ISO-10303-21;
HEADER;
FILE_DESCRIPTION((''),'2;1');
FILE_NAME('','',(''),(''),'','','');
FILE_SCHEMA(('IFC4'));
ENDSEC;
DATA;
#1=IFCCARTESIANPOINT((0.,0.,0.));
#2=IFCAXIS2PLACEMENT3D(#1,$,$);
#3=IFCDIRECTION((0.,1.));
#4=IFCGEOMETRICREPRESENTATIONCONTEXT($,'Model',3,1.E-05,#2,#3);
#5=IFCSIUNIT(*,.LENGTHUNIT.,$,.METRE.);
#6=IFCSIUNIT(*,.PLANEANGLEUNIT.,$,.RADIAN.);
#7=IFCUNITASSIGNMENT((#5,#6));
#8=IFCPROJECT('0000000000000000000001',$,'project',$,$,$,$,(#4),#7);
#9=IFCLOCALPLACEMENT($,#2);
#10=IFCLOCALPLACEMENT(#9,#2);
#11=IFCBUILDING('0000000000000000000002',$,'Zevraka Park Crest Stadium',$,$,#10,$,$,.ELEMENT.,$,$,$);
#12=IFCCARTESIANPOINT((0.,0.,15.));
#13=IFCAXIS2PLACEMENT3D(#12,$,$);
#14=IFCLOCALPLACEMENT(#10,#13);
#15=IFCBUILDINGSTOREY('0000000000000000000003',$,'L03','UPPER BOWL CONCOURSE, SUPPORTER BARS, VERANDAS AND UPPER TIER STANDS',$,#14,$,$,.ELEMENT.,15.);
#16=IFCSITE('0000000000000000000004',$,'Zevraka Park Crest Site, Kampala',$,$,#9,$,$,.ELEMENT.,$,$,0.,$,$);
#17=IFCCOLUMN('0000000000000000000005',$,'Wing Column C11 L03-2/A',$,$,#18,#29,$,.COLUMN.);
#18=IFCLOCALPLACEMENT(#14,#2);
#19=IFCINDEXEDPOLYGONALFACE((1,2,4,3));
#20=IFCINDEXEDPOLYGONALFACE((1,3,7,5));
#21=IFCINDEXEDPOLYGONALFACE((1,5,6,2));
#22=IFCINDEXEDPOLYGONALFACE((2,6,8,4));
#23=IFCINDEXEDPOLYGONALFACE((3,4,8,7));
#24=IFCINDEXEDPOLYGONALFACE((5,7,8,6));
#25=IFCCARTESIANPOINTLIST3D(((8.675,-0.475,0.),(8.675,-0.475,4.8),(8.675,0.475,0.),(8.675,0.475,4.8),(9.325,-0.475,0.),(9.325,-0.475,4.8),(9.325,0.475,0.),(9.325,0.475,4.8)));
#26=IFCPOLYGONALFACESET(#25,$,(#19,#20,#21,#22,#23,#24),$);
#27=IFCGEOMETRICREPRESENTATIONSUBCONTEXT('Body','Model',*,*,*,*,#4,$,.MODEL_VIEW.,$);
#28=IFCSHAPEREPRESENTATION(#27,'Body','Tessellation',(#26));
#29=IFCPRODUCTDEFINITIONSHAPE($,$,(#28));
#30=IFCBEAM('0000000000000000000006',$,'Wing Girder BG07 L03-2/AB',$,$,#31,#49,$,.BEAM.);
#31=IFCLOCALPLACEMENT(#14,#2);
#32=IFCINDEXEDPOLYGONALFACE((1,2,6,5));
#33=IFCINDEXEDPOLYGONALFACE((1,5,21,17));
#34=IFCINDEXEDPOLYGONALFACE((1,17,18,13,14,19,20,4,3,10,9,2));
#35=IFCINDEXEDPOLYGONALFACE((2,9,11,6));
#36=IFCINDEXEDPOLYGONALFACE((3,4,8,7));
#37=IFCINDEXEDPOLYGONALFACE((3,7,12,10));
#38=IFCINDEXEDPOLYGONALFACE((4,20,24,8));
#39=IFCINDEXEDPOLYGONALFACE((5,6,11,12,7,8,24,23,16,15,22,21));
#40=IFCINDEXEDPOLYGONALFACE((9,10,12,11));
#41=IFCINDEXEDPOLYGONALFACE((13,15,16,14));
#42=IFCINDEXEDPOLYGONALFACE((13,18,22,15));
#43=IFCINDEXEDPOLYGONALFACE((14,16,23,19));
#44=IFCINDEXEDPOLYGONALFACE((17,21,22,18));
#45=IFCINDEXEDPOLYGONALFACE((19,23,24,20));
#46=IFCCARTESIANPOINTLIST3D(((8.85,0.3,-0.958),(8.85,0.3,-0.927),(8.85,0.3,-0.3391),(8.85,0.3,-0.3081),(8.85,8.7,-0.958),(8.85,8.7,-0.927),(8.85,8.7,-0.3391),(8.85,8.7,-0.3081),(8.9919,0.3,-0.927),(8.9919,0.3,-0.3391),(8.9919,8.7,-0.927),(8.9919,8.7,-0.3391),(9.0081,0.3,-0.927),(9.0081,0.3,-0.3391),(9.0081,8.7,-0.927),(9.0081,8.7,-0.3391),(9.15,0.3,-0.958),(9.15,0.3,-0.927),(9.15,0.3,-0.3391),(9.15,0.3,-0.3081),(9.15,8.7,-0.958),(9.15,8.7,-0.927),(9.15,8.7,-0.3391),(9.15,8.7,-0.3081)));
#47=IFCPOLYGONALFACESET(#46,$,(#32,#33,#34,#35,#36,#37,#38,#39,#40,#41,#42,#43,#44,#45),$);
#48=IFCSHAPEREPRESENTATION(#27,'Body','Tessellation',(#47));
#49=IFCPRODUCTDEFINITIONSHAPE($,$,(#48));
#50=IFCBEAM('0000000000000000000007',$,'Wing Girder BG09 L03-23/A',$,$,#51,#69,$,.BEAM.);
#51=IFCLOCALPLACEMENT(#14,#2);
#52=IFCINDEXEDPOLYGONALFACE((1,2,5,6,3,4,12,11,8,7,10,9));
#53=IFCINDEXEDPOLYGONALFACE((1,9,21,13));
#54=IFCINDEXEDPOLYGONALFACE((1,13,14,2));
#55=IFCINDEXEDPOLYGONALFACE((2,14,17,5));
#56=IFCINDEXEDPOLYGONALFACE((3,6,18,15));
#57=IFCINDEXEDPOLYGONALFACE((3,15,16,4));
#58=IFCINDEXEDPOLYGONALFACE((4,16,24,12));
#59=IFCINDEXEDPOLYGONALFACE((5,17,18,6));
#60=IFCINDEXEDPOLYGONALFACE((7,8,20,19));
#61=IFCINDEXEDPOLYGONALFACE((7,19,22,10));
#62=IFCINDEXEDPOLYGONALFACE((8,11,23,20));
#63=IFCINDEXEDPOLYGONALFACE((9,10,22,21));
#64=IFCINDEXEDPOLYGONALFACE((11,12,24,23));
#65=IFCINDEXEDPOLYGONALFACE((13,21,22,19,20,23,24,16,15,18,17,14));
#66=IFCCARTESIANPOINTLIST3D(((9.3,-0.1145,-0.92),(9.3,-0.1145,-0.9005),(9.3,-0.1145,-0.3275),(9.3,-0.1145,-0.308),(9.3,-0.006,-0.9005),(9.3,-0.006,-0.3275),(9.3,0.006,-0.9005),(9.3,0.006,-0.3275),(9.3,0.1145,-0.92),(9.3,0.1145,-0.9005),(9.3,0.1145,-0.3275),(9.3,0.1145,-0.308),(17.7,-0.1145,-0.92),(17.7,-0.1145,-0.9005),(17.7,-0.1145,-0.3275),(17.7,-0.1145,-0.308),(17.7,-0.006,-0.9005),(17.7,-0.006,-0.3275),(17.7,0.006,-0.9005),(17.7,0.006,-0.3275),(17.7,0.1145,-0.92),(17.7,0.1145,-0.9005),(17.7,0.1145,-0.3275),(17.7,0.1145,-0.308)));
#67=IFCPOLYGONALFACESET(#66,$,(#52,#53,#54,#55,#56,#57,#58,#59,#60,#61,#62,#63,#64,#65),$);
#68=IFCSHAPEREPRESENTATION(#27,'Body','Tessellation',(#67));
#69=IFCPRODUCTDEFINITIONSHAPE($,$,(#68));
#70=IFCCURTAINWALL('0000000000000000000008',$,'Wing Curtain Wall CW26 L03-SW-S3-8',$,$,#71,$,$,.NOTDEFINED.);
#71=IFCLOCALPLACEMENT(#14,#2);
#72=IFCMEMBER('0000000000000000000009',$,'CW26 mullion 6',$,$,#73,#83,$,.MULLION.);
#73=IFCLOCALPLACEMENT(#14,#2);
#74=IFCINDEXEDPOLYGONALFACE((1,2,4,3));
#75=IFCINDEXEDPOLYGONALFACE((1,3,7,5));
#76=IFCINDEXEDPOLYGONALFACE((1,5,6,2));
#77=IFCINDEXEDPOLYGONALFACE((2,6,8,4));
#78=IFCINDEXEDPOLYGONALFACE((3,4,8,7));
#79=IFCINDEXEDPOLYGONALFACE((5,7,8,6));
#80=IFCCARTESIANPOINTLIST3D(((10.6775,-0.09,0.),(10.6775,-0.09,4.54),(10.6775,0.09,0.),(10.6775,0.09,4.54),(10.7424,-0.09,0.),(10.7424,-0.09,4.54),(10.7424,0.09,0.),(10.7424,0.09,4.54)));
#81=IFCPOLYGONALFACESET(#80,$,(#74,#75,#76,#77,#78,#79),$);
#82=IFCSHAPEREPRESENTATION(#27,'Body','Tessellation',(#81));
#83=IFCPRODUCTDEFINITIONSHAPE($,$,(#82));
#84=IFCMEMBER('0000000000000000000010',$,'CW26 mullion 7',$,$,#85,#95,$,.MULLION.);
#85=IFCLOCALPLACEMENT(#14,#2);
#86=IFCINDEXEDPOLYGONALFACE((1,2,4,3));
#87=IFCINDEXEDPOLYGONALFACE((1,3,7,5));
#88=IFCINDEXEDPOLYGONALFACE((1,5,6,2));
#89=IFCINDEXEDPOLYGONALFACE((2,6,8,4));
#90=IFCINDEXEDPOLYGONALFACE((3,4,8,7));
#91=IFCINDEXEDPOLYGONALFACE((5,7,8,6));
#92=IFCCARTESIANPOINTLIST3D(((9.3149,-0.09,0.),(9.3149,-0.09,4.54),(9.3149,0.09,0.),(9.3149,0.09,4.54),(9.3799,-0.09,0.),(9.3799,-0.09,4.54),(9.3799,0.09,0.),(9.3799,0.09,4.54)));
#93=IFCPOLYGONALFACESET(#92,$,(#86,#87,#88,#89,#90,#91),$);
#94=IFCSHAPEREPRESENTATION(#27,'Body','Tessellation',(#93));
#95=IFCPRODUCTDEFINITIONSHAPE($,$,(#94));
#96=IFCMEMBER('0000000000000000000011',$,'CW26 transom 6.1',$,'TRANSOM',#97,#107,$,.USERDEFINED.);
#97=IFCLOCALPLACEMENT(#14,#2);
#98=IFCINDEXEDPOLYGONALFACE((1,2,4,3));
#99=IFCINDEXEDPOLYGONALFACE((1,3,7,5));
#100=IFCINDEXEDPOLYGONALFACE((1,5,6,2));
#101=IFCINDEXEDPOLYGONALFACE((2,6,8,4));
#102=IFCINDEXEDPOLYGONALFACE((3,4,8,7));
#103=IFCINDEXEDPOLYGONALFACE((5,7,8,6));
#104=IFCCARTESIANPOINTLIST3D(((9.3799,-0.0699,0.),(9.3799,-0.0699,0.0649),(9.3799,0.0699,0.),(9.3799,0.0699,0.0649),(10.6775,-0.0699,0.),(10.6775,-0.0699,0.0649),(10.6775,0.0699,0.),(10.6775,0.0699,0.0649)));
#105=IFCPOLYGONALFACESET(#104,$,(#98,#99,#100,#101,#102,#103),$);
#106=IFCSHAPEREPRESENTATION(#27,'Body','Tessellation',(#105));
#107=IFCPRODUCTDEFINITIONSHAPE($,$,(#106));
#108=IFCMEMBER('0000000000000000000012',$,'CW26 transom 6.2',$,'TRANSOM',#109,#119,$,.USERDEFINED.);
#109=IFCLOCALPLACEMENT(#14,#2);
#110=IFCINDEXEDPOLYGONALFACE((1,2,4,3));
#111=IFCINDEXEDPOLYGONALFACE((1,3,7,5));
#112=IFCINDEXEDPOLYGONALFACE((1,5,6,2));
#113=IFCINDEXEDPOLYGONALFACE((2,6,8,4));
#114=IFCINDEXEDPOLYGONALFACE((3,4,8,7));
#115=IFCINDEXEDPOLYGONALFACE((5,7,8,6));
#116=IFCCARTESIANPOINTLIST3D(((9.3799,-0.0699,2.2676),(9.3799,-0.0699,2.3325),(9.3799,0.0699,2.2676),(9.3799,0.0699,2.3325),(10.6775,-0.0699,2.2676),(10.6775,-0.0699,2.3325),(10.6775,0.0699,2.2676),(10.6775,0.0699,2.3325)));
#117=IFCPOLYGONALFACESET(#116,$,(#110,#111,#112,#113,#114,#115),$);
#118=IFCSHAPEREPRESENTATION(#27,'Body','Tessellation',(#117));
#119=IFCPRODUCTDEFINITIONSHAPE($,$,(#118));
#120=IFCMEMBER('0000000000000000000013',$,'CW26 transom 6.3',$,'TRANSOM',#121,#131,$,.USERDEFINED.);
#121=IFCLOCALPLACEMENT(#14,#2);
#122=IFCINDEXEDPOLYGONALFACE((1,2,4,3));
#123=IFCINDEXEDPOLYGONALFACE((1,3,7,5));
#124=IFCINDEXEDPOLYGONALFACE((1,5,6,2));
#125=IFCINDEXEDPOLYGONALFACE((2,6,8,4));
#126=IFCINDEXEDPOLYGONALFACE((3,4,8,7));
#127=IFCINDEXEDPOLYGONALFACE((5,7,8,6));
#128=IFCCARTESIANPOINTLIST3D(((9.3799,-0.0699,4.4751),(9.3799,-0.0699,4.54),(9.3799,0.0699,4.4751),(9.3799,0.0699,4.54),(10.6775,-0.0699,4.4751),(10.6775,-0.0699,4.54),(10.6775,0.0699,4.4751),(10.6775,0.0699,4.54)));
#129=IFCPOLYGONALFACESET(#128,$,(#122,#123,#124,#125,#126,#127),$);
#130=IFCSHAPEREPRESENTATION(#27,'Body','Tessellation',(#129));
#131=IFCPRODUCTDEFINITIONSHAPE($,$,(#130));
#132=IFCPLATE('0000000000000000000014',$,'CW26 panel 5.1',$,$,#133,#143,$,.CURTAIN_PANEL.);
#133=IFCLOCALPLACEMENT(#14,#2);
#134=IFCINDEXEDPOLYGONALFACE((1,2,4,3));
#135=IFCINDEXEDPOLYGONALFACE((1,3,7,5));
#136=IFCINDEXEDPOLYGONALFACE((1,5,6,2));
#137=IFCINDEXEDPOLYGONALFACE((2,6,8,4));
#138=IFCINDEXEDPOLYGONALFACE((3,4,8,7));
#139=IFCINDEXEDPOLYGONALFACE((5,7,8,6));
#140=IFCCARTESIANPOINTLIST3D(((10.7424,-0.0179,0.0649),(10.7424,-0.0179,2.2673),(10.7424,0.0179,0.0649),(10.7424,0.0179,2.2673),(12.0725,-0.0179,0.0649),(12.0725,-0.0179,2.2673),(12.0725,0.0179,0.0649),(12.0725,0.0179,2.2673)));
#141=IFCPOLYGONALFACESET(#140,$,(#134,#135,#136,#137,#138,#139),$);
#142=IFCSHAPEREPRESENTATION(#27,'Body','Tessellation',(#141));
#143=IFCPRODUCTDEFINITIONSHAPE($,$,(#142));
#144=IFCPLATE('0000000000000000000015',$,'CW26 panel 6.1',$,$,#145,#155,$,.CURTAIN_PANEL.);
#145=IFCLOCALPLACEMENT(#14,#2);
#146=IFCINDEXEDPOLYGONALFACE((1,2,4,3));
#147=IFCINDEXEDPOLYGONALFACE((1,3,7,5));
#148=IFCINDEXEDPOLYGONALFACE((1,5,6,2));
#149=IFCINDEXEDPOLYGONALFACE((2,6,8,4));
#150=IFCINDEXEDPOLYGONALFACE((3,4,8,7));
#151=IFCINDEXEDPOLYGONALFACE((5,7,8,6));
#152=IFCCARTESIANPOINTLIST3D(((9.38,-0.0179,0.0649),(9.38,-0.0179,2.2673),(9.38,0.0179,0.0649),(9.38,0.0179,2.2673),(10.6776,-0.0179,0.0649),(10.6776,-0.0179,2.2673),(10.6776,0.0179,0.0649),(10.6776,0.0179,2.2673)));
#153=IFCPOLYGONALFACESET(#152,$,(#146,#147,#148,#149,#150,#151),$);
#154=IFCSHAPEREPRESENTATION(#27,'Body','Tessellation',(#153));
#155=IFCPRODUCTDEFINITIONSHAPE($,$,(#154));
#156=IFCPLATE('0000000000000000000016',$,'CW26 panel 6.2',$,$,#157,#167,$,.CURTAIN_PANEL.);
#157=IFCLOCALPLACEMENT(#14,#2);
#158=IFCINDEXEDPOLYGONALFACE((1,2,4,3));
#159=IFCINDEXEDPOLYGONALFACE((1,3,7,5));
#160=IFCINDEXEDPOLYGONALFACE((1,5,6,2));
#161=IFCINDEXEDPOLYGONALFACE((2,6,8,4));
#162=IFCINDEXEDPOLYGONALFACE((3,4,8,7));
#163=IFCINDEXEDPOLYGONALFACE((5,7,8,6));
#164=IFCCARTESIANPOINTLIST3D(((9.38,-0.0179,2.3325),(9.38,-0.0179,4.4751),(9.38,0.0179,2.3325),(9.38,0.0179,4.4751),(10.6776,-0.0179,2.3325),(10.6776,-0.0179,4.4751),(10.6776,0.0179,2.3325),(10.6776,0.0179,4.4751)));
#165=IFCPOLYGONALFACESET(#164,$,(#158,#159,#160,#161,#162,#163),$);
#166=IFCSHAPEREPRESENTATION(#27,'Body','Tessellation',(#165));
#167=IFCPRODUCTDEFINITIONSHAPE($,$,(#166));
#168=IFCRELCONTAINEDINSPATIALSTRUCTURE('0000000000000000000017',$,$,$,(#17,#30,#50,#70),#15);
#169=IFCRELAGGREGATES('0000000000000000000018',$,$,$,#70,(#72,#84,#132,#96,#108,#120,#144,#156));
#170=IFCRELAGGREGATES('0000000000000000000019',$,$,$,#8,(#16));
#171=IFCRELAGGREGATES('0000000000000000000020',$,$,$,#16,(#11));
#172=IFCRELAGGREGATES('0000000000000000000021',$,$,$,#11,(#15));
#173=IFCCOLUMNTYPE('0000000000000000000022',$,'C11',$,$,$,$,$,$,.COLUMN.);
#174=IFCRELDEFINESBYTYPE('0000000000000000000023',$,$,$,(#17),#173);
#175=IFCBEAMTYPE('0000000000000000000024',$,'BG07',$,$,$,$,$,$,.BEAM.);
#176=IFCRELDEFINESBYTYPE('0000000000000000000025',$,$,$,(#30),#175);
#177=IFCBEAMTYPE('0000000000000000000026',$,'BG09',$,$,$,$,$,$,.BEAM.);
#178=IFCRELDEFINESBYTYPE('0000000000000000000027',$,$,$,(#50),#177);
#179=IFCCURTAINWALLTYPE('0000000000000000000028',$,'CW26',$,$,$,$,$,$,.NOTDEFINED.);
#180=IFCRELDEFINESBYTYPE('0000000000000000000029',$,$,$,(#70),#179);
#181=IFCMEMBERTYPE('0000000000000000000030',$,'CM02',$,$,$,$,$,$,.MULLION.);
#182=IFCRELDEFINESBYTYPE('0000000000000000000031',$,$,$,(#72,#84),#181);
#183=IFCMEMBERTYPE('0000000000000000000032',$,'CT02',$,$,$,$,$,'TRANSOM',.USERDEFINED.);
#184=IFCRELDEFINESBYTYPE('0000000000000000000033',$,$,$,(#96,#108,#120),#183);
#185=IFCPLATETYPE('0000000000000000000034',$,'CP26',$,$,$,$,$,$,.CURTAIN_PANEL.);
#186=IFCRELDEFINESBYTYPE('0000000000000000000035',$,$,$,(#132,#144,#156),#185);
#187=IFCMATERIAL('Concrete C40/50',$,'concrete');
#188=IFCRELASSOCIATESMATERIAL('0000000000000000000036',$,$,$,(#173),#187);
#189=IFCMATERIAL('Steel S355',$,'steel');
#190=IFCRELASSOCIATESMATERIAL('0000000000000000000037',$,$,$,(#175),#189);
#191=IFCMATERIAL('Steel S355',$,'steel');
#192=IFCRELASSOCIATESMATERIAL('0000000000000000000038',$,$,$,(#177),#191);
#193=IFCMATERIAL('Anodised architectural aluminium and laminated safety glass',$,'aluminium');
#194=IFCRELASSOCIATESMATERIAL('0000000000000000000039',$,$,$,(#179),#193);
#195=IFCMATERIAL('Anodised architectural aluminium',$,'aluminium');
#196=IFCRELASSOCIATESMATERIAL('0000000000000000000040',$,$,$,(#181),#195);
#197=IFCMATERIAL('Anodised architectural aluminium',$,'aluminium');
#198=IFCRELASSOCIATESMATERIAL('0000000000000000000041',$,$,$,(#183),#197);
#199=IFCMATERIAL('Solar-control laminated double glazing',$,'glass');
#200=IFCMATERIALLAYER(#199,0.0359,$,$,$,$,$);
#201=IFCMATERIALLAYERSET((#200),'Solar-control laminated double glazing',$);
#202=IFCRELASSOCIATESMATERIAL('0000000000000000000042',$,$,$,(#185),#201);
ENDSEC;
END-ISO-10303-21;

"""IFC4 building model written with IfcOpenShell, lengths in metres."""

from ifc_helpers import new_model, si_unit, direction, frame, origin, origin_2d, place, context, subcontext, project, spatial, rectangle, i_section, extrude, material, layer, layer_set, material_profile, profile_set, type_object, element, aggregate, save


model = new_model("IFC4")

# Units and contexts
model_context = context("Model", 3, precision=1e-05, world=origin(), true_north=direction((0.0, 1.0)))
body_context = subcontext(model_context, "Body", "Model", "MODEL_VIEW")
ifc_project = project(units=[si_unit("LENGTHUNIT", "METRE"), si_unit("PLANEANGLEUNIT", "RADIAN")], contexts=[model_context])

# Site, building, storey
site_placement = place(None, origin())
site = spatial("IfcSite", under=ifc_project, at=site_placement, Name="Zevraka Park Crest Site, Kampala", CompositionType="ELEMENT", RefElevation=0.0)
building_placement = place(site_placement, origin())
building = spatial("IfcBuilding", under=site, at=building_placement, Name="Zevraka Park Crest Stadium", CompositionType="ELEMENT")
storey_placement = place(building_placement, frame((0.0, 0.0, 15.0)))
storey = spatial("IfcBuildingStorey", under=building, at=storey_placement, Name="L03", Description="UPPER BOWL CONCOURSE, SUPPORTER BARS, VERANDAS AND UPPER TIER STANDS", CompositionType="ELEMENT", Elevation=15.0)

# Column
ifc_material_1 = material(Name="Concrete C40/50", Category="concrete")
ifc_material_profile_1 = material_profile(ifc_material_1, rectangle(XDim=0.6499, YDim=0.95, at=origin_2d()), Name="RC 950x650")
ifc_profile_set_1 = profile_set([ifc_material_profile_1], Name="Concrete C40/50")
column_type = type_object("IfcColumnType", Name="C11", PredefinedType="COLUMN", material=ifc_profile_set_1)
column_placement = place(storey_placement, frame((9.0, 0.0, 0.0), z_axis=(0.0, 0.0, 1.0), x_axis=(1.0, 0.0, 0.0)))
element("IfcColumn", 1, at=column_placement, inside=storey, type_object=column_type, Name="Wing Column C11 L03-2/A", PredefinedType="COLUMN", context=body_context, shape_type="SweptSolid", body=[
    extrude(rectangle(XDim=0.6499, YDim=0.95, at=origin_2d()), origin(), (0.0, 0.0, 1.0), 4.8),
])

# Beams
ifc_material_2 = material(Name="Steel S355", Category="steel")
ifc_material_profile_2 = material_profile(ifc_material_2, i_section(OverallWidth=0.3, OverallDepth=0.6499, WebThickness=0.0161, FlangeThickness=0.031, at=origin_2d()), Name="HEB 650")
ifc_profile_set_2 = profile_set([ifc_material_profile_2], Name="Steel S355")
beam_type_1 = type_object("IfcBeamType", Name="BG07", PredefinedType="BEAM", material=ifc_profile_set_2)
beam_1_placement = place(storey_placement, frame((9.0, 0.3, -0.6331), z_axis=(0.0, 1.0, 0.0), x_axis=(-1.0, 0.0, 0.0)))
element("IfcBeam", 2, at=beam_1_placement, inside=storey, type_object=beam_type_1, Name="Wing Girder BG07 L03-2/AB", PredefinedType="BEAM", context=body_context, shape_type="SweptSolid", body=[
    extrude(i_section(OverallWidth=0.3, OverallDepth=0.6499, WebThickness=0.0161, FlangeThickness=0.031, at=origin_2d()), origin(), (0.0, 0.0, 1.0), 8.3999),
])
ifc_material_3 = material(Name="Steel S355", Category="steel")
ifc_material_profile_3 = material_profile(ifc_material_3, i_section(OverallWidth=0.229, OverallDepth=0.6121, WebThickness=0.012, FlangeThickness=0.0195, at=origin_2d()), Name="UKB 610x229x125")
ifc_profile_set_3 = profile_set([ifc_material_profile_3], Name="Steel S355")
beam_type_2 = type_object("IfcBeamType", Name="BG09", PredefinedType="BEAM", material=ifc_profile_set_3)
beam_2_placement = place(storey_placement, frame((9.3, 0.0, -0.614), z_axis=(1.0, 0.0, 0.0), x_axis=(0.0, 1.0, 0.0)))
element("IfcBeam", 3, at=beam_2_placement, inside=storey, type_object=beam_type_2, Name="Wing Girder BG09 L03-23/A", PredefinedType="BEAM", context=body_context, shape_type="SweptSolid", body=[
    extrude(i_section(OverallWidth=0.229, OverallDepth=0.6121, WebThickness=0.012, FlangeThickness=0.0195, at=origin_2d()), origin(), (0.0, 0.0, 1.0), 8.3999),
])

# Curtain wall, members, plates
ifc_material_4 = material(Name="Anodised architectural aluminium and laminated safety glass", Category="aluminium")
curtain_wall_type = type_object("IfcCurtainWallType", Name="CW26", PredefinedType="NOTDEFINED", material=ifc_material_4)
curtain_wall_placement = place(storey_placement, origin())
curtain_wall = element("IfcCurtainWall", 4, at=curtain_wall_placement, inside=storey, type_object=curtain_wall_type, Name="Wing Curtain Wall CW26 L03-SW-S3-8", PredefinedType="NOTDEFINED")
ifc_material_5 = material(Name="Anodised architectural aluminium", Category="aluminium")
ifc_material_profile_4 = material_profile(ifc_material_5, rectangle(XDim=0.1799, YDim=0.0649, at=origin_2d()), Name="ALU MULLION 180x65")
ifc_profile_set_4 = profile_set([ifc_material_profile_4], Name="Anodised architectural aluminium")
member_type_1 = type_object("IfcMemberType", Name="CM02", PredefinedType="MULLION", material=ifc_profile_set_4)
member_1_placement = place(storey_placement, frame((10.71, 0.0, 0.0), z_axis=(0.0, 0.0, 1.0), x_axis=(0.0, -1.0, 0.0)))
member_1 = element("IfcMember", 5, at=member_1_placement, type_object=member_type_1, Name="CW26 mullion 6", PredefinedType="MULLION", context=body_context, shape_type="SweptSolid", body=[
    extrude(rectangle(XDim=0.1799, YDim=0.0649, at=origin_2d()), origin(), (0.0, 0.0, 1.0), 4.54),
])
member_2_placement = place(storey_placement, frame((9.3474, 0.0, 0.0), z_axis=(0.0, 0.0, 1.0), x_axis=(0.0, -1.0, 0.0)))
member_2 = element("IfcMember", 6, at=member_2_placement, type_object=member_type_1, Name="CW26 mullion 7", PredefinedType="MULLION", context=body_context, shape_type="SweptSolid", body=[
    extrude(rectangle(XDim=0.1799, YDim=0.0649, at=origin_2d()), origin(), (0.0, 0.0, 1.0), 4.54),
])
ifc_material_6 = material(Name="Anodised architectural aluminium", Category="aluminium")
ifc_material_profile_5 = material_profile(ifc_material_6, rectangle(XDim=0.1399, YDim=0.0649, at=origin_2d()), Name="ALU TRANSOM 140x65")
ifc_profile_set_5 = profile_set([ifc_material_profile_5], Name="Anodised architectural aluminium")
member_type_2 = type_object("IfcMemberType", Name="CT02", ElementType="TRANSOM", PredefinedType="USERDEFINED", material=ifc_profile_set_5)
member_3_placement = place(storey_placement, frame((10.6775, 0.0, 0.0325), z_axis=(-1.0, 0.0, 0.0), x_axis=(0.0, -1.0, 0.0)))
member_3 = element("IfcMember", 7, at=member_3_placement, type_object=member_type_2, Name="CW26 transom 6.1", ObjectType="TRANSOM", PredefinedType="USERDEFINED", context=body_context, shape_type="SweptSolid", body=[
    extrude(rectangle(XDim=0.1399, YDim=0.0649, at=origin_2d()), origin(), (0.0, 0.0, 1.0), 1.2976),
])
member_4_placement = place(storey_placement, frame((10.6775, 0.0, 2.3), z_axis=(-1.0, 0.0, 0.0), x_axis=(0.0, -1.0, 0.0)))
member_4 = element("IfcMember", 8, at=member_4_placement, type_object=member_type_2, Name="CW26 transom 6.2", ObjectType="TRANSOM", PredefinedType="USERDEFINED", context=body_context, shape_type="SweptSolid", body=[
    extrude(rectangle(XDim=0.1399, YDim=0.0649, at=origin_2d()), origin(), (0.0, 0.0, 1.0), 1.2976),
])
member_5_placement = place(storey_placement, frame((10.6775, 0.0, 4.5076), z_axis=(-1.0, 0.0, 0.0), x_axis=(0.0, -1.0, 0.0)))
member_5 = element("IfcMember", 9, at=member_5_placement, type_object=member_type_2, Name="CW26 transom 6.3", ObjectType="TRANSOM", PredefinedType="USERDEFINED", context=body_context, shape_type="SweptSolid", body=[
    extrude(rectangle(XDim=0.1399, YDim=0.0649, at=origin_2d()), origin(), (0.0, 0.0, 1.0), 1.2976),
])
ifc_material_7 = material(Name="Solar-control laminated double glazing", Category="glass")
ifc_layer_1 = layer(ifc_material_7, 0.0359)
ifc_layer_set_1 = layer_set([ifc_layer_1], Name="Solar-control laminated double glazing")
plate_type = type_object("IfcPlateType", Name="CP26", PredefinedType="CURTAIN_PANEL", material=ifc_layer_set_1)
plate_1_placement = place(storey_placement, frame((11.4075, 0.0, 0.0649), z_axis=(0.0, 0.0, 1.0), x_axis=(-1.0, 0.0, 0.0)))
plate_1 = element("IfcPlate", 10, at=plate_1_placement, type_object=plate_type, Name="CW26 panel 5.1", PredefinedType="CURTAIN_PANEL", context=body_context, shape_type="SweptSolid", body=[
    extrude(rectangle(XDim=1.3301, YDim=0.0359, at=origin_2d()), origin(), (0.0, 0.0, 1.0), 2.2024),
])
plate_2_placement = place(storey_placement, frame((10.0288, 0.0, 0.0649), z_axis=(0.0, 0.0, 1.0), x_axis=(-1.0, 0.0, 0.0)))
plate_2 = element("IfcPlate", 11, at=plate_2_placement, type_object=plate_type, Name="CW26 panel 6.1", PredefinedType="CURTAIN_PANEL", context=body_context, shape_type="SweptSolid", body=[
    extrude(rectangle(XDim=1.2976, YDim=0.0359, at=origin_2d()), origin(), (0.0, 0.0, 1.0), 2.2024),
])
plate_3_placement = place(storey_placement, frame((10.0288, 0.0, 2.3325), z_axis=(0.0, 0.0, 1.0), x_axis=(-1.0, 0.0, 0.0)))
plate_3 = element("IfcPlate", 12, at=plate_3_placement, type_object=plate_type, Name="CW26 panel 6.2", PredefinedType="CURTAIN_PANEL", context=body_context, shape_type="SweptSolid", body=[
    extrude(rectangle(XDim=1.2976, YDim=0.0359, at=origin_2d()), origin(), (0.0, 0.0, 1.0), 2.1426),
])
aggregate(curtain_wall, [member_1, member_2, plate_1, member_3, member_4, member_5, plate_2, plate_3])

save(model, "model.ifc")
